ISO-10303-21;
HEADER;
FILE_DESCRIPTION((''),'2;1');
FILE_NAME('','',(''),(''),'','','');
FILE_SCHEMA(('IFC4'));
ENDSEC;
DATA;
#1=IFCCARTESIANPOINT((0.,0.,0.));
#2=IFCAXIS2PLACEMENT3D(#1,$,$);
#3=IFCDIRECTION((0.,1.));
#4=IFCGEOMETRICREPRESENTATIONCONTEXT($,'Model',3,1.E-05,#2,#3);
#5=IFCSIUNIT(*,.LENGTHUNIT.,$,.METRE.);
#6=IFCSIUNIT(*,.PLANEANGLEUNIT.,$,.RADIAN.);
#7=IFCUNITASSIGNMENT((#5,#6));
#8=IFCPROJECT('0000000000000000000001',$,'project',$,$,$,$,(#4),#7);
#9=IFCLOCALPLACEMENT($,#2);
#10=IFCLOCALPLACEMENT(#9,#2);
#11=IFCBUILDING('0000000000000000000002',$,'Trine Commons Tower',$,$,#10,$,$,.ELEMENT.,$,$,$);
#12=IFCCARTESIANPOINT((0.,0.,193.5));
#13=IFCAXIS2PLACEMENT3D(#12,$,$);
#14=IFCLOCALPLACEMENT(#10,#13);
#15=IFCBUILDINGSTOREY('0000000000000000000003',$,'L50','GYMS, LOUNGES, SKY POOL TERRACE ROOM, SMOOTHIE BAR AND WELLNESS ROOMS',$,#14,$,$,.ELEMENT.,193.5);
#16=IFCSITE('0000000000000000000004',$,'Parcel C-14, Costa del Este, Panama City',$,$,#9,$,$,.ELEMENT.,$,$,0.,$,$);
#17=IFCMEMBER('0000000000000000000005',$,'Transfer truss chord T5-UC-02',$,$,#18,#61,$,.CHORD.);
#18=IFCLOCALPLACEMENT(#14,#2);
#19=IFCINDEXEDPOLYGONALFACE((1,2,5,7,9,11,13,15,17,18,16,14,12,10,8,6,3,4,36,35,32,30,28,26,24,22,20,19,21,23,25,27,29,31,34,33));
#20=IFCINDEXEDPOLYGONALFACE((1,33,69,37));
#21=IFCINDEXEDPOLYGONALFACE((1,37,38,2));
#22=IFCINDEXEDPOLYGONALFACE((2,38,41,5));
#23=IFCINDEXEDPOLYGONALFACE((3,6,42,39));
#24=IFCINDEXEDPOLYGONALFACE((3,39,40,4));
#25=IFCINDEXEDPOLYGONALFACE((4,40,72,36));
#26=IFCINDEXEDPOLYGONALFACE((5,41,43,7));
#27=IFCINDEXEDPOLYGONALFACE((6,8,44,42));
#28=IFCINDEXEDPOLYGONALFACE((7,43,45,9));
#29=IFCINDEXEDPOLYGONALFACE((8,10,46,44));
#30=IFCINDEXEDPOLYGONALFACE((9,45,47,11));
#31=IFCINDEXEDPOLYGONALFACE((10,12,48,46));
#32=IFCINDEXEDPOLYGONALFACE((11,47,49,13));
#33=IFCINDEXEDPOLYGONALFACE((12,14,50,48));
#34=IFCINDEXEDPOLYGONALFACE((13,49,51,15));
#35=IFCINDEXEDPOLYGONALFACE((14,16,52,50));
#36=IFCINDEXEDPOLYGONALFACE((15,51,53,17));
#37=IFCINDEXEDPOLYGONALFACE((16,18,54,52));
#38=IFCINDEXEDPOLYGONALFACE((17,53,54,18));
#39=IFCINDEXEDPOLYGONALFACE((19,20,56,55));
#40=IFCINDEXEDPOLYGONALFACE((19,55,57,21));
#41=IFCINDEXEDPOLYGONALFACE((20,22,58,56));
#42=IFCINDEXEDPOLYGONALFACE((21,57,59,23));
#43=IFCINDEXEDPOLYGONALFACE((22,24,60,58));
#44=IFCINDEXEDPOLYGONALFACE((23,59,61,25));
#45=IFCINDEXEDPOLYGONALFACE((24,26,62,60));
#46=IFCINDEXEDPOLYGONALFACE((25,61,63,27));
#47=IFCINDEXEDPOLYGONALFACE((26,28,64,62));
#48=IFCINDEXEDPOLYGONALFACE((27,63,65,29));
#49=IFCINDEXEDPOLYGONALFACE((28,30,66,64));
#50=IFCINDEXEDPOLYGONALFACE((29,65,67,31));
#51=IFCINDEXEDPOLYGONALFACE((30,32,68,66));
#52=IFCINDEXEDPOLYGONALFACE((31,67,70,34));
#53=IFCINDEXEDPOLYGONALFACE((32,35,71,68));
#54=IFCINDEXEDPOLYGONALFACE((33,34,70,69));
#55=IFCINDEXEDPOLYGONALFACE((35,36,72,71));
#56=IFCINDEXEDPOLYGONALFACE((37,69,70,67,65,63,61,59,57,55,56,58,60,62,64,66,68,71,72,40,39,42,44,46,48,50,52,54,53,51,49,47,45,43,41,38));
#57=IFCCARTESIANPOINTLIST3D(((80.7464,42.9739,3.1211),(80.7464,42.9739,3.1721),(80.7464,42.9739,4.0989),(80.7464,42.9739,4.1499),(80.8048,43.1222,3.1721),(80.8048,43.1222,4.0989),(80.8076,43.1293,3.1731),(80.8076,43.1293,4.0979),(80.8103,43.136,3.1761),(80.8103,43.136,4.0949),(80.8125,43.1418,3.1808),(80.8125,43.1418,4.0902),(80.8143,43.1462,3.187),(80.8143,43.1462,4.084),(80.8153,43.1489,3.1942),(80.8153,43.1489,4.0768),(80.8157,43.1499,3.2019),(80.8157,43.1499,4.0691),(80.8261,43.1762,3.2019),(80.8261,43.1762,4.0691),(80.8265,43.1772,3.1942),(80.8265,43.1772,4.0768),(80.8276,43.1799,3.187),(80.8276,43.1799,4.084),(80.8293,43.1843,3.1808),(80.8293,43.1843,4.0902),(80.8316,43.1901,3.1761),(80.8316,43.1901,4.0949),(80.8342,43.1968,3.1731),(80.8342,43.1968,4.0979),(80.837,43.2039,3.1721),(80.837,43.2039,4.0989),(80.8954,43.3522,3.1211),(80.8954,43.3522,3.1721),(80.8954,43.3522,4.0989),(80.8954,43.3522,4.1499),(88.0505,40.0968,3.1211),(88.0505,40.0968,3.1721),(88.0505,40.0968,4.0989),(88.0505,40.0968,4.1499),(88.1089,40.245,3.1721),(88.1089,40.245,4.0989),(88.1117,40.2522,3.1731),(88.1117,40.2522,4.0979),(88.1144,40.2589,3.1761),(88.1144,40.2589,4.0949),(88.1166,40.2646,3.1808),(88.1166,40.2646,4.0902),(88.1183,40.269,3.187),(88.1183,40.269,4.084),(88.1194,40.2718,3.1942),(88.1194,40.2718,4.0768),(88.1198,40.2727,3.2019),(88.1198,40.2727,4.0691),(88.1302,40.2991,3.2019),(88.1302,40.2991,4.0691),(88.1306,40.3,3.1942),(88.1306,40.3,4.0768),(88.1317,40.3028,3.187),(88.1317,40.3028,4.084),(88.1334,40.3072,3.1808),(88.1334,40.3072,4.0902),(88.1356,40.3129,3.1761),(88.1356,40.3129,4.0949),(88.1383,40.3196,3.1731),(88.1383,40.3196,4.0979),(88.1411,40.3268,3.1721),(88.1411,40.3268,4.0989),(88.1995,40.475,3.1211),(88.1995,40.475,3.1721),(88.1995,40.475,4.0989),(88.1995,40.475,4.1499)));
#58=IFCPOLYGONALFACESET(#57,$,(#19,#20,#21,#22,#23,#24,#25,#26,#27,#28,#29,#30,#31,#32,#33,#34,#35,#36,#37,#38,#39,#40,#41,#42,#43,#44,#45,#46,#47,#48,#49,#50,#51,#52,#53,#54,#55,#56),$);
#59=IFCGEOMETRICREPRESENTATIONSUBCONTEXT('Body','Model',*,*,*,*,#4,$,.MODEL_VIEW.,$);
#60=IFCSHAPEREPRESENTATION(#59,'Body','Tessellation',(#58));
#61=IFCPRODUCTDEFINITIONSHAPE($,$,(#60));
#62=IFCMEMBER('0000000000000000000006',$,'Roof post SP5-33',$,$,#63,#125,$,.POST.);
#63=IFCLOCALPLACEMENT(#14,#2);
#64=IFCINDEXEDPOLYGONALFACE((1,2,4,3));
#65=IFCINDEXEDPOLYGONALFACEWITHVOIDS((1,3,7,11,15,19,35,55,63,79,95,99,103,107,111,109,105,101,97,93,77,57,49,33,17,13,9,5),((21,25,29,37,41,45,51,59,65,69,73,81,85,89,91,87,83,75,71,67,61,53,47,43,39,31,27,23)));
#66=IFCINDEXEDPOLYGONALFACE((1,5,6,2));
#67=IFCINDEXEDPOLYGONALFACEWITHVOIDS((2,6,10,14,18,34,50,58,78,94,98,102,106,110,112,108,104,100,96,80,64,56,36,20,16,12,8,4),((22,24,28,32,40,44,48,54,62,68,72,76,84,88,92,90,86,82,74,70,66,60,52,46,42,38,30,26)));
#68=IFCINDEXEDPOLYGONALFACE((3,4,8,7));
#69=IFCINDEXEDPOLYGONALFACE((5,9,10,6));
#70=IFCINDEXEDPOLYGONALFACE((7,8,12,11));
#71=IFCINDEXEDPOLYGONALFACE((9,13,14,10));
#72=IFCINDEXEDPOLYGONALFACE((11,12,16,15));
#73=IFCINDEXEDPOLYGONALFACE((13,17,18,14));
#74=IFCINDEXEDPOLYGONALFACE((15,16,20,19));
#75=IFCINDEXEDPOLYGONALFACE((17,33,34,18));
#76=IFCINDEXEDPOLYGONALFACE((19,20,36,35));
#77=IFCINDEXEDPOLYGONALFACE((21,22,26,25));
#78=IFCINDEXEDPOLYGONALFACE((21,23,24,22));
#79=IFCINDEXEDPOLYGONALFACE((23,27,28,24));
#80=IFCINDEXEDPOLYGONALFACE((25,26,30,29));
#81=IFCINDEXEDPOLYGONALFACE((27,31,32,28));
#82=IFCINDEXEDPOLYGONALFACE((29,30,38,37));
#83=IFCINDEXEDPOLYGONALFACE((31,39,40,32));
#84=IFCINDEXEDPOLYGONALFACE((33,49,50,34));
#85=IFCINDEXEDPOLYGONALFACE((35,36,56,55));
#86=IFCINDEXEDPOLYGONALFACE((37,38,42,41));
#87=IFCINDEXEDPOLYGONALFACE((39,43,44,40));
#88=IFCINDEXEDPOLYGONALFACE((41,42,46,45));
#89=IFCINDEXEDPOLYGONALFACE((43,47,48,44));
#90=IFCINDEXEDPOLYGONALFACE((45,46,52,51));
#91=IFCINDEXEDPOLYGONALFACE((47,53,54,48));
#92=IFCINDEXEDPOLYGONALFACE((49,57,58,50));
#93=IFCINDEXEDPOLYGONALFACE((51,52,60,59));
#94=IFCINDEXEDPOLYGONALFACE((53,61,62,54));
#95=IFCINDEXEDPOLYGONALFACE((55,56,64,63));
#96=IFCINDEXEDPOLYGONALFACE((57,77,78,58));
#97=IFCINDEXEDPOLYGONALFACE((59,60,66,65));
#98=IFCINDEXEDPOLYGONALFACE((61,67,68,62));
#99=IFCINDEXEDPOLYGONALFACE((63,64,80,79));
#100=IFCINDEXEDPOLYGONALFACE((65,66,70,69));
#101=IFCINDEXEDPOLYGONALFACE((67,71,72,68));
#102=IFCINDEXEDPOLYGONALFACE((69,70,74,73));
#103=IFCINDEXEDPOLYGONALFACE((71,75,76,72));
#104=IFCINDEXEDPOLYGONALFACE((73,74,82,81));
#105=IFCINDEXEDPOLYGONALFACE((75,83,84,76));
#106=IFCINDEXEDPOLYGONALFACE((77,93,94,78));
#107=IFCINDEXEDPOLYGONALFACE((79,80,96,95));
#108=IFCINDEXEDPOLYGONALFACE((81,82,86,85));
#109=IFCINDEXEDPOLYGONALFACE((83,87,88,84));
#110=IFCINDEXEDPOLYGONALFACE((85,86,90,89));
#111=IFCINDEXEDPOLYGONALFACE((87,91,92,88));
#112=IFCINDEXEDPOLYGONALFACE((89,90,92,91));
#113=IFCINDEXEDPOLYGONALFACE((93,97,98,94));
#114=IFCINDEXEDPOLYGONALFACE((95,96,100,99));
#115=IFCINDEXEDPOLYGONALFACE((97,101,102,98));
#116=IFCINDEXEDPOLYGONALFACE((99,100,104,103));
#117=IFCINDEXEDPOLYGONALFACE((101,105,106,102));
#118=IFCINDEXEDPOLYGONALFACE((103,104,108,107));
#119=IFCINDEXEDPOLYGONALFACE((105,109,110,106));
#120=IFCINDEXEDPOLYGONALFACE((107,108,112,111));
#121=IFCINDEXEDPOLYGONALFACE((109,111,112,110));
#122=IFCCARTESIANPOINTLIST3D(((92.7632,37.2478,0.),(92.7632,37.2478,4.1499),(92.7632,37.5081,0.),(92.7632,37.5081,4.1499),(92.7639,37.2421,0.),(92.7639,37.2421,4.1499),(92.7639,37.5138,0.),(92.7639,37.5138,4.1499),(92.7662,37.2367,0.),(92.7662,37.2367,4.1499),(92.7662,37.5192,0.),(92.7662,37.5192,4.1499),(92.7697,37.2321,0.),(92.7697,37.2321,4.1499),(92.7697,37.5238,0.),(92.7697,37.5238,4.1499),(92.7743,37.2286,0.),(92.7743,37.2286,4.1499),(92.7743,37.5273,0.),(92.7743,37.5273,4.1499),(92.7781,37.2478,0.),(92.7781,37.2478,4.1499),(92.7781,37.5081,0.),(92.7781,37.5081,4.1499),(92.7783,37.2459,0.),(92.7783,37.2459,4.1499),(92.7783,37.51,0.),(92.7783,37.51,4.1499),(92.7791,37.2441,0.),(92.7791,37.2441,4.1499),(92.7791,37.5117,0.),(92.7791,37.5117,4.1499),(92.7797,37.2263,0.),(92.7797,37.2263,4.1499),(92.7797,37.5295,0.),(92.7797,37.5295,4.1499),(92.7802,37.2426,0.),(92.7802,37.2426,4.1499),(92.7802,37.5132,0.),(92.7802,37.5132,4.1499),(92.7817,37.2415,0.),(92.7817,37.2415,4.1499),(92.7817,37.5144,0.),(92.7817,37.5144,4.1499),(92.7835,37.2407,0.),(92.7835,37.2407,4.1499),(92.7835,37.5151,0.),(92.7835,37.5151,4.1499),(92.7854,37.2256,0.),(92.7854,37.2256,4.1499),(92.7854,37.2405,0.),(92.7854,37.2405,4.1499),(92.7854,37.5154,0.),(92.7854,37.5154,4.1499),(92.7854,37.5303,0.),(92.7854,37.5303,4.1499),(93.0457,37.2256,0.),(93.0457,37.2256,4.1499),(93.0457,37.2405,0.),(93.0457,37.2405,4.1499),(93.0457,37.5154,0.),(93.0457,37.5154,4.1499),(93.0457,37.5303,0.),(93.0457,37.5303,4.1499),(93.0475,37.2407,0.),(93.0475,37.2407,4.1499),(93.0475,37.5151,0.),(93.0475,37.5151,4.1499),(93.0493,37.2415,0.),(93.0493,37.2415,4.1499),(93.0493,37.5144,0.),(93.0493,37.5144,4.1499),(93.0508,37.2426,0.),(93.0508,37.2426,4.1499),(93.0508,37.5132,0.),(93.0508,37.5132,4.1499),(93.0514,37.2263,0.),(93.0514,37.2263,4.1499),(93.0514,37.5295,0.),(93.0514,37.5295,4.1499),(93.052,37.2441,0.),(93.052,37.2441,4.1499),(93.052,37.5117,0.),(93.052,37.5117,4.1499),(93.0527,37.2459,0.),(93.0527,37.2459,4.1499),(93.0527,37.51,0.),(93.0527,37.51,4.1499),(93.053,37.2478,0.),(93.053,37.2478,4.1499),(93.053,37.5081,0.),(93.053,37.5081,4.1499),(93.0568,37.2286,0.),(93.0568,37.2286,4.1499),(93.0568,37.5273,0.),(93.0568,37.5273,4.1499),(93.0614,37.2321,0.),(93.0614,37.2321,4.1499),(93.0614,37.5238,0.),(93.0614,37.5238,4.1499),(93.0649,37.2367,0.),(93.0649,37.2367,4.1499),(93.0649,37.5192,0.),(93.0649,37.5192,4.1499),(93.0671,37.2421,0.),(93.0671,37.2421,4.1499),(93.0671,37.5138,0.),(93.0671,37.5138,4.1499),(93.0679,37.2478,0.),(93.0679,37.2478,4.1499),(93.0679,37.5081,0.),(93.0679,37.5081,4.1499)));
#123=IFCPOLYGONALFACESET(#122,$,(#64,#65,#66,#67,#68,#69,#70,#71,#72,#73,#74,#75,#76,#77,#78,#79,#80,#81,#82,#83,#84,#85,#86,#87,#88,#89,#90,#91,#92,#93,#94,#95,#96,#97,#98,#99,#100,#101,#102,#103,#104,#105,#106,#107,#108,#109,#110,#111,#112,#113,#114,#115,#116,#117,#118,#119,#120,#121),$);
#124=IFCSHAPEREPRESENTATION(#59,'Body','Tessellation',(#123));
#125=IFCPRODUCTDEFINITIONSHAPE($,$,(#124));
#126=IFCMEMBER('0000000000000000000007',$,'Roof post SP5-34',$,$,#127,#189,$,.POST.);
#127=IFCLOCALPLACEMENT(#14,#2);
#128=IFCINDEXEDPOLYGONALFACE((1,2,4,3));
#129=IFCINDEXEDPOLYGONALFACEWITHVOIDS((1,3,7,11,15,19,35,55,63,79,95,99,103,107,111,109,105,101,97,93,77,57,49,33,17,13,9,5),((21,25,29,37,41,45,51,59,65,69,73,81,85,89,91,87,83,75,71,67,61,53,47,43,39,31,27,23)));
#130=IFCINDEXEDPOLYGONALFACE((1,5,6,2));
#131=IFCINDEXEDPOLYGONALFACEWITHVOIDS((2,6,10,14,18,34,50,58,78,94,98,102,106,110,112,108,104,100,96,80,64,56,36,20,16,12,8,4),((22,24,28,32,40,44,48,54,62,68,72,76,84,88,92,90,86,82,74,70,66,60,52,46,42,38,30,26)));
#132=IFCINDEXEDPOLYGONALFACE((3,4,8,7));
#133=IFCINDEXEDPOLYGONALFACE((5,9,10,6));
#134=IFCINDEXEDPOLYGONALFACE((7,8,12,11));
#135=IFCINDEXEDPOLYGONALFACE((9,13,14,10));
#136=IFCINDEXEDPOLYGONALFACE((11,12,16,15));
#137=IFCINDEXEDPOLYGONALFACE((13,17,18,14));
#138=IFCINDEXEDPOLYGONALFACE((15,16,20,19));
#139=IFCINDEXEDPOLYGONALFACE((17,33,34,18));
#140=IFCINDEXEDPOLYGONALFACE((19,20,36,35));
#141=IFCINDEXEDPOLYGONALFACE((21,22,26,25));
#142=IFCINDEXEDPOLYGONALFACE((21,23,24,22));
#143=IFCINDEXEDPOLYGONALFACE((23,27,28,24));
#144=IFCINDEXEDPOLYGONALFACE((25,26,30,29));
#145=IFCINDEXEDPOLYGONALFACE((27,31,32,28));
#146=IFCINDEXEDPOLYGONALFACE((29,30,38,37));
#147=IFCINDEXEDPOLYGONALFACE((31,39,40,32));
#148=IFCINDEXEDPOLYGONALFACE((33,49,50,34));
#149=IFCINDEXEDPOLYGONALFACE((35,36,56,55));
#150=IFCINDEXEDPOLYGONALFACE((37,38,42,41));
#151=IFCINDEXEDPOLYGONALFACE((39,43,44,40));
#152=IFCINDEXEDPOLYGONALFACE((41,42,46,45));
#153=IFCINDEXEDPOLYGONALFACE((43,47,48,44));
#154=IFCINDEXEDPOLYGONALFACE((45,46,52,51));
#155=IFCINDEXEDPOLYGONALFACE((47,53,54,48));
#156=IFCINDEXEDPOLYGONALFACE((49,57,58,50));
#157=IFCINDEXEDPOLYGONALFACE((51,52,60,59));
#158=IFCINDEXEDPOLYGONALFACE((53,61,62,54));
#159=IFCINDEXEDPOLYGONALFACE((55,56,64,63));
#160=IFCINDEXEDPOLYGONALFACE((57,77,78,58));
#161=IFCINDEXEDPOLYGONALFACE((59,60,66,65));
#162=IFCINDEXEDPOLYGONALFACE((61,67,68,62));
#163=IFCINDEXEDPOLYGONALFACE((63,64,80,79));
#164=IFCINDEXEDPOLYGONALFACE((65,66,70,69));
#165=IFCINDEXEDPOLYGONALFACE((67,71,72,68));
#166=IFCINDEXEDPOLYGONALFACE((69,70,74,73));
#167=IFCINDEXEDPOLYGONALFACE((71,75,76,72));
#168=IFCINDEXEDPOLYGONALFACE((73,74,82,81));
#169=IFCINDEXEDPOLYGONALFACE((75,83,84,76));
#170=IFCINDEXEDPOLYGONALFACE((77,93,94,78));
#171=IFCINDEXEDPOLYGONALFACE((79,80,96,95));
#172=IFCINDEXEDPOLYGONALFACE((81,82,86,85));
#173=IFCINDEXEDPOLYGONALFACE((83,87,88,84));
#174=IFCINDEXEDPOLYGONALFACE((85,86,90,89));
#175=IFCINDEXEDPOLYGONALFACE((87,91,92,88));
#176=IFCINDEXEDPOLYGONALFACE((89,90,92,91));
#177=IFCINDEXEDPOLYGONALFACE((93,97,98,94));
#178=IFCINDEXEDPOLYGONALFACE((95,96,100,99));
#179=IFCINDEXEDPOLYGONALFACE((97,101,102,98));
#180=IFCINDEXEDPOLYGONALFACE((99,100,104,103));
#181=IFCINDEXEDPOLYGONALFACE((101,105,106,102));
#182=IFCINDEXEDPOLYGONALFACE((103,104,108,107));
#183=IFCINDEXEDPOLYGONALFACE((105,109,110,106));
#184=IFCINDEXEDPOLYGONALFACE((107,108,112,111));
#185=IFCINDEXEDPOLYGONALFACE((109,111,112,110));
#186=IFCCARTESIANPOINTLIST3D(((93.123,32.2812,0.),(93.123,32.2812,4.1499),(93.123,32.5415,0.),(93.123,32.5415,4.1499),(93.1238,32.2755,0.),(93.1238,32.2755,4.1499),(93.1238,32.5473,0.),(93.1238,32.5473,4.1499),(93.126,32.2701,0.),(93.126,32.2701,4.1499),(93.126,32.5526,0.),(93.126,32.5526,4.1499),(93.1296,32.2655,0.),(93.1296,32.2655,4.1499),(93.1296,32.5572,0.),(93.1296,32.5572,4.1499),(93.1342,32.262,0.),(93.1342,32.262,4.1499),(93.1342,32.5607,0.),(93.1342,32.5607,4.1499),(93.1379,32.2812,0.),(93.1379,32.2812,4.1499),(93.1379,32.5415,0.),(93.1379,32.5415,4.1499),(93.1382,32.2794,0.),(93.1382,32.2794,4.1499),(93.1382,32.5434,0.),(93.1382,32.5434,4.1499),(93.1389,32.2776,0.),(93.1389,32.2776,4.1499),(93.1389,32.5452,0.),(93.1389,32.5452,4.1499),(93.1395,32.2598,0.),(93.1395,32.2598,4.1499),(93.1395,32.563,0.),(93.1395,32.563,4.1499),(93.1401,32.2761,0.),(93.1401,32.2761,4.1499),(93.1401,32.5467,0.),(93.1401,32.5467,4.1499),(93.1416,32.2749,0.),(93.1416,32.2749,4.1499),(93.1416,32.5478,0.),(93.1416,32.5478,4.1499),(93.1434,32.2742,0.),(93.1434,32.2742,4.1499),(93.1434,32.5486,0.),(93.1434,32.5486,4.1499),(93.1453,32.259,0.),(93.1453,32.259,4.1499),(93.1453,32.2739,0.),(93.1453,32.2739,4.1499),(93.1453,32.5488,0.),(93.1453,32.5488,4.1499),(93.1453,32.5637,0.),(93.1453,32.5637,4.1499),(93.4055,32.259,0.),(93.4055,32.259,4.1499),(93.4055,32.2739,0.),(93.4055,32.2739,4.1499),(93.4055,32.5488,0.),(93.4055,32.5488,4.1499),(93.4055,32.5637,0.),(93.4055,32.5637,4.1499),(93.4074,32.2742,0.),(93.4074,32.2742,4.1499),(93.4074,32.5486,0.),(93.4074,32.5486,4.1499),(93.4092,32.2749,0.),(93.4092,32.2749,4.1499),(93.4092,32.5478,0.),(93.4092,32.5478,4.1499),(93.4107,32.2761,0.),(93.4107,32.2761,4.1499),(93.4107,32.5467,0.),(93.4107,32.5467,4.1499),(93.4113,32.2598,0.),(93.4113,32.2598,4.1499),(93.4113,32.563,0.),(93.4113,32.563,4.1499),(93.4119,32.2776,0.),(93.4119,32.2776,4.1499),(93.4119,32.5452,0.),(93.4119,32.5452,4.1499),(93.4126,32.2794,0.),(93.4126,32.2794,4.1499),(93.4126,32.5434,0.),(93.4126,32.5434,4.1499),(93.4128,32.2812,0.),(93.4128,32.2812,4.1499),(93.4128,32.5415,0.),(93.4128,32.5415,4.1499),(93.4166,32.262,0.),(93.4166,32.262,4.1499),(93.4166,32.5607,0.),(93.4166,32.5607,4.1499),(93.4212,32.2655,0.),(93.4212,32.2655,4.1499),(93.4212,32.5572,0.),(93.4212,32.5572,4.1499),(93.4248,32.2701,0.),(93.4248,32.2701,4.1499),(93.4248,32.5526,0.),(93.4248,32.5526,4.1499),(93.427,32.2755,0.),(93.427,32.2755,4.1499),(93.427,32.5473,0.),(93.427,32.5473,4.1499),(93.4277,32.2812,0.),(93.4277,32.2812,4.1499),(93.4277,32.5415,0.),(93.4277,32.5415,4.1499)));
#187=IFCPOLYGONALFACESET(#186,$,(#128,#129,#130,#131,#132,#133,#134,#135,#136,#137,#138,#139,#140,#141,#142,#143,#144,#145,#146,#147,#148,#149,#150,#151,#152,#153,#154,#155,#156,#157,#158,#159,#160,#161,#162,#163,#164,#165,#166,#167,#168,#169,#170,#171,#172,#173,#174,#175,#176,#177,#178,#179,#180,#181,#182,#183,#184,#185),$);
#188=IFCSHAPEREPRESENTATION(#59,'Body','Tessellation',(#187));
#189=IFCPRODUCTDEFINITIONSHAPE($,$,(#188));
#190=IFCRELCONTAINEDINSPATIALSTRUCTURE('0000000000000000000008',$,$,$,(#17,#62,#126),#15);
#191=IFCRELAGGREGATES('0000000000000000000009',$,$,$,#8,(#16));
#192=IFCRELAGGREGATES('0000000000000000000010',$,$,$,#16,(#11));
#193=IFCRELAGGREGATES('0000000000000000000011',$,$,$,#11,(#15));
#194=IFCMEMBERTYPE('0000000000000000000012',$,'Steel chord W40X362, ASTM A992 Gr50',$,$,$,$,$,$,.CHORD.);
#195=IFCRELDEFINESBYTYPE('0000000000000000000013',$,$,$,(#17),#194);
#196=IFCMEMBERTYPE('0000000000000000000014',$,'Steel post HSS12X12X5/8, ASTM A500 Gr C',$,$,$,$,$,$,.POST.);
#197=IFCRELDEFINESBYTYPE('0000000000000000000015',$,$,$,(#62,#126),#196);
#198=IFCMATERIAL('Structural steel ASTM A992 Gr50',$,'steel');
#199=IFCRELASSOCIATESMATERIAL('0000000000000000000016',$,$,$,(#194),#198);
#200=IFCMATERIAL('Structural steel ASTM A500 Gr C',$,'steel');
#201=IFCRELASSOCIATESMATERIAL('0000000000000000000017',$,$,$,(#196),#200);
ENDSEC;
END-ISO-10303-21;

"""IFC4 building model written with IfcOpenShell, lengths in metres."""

from ifc_helpers import new_model, si_unit, direction, frame, origin, origin_2d, place, context, subcontext, project, spatial, hollow_rectangle, i_section, extrude, material, material_profile, profile_set, type_object, element, save


model = new_model("IFC4")

# Units and contexts
model_context = context("Model", 3, precision=1e-05, world=origin(), true_north=direction((0.0, 1.0)))
body_context = subcontext(model_context, "Body", "Model", "MODEL_VIEW")
ifc_project = project(units=[si_unit("LENGTHUNIT", "METRE"), si_unit("PLANEANGLEUNIT", "RADIAN")], contexts=[model_context])

# Site, building, storey
site_placement = place(None, origin())
site = spatial("IfcSite", under=ifc_project, at=site_placement, Name="Parcel C-14, Costa del Este, Panama City", CompositionType="ELEMENT", RefElevation=0.0)
building_placement = place(site_placement, origin())
building = spatial("IfcBuilding", under=site, at=building_placement, Name="Trine Commons Tower", CompositionType="ELEMENT")
storey_placement = place(building_placement, frame((0.0, 0.0, 193.5)))
storey = spatial("IfcBuildingStorey", under=building, at=storey_placement, Name="L50", Description="GYMS, LOUNGES, SKY POOL TERRACE ROOM, SMOOTHIE BAR AND WELLNESS ROOMS", CompositionType="ELEMENT", Elevation=193.5)

# Members
ifc_material_1 = material(Name="Structural steel ASTM A992 Gr50", Category="steel")
ifc_material_profile_1 = material_profile(ifc_material_1, i_section(OverallWidth=0.4065, OverallDepth=1.0288, WebThickness=0.0283, FlangeThickness=0.051, FilletRadius=0.0298, at=origin_2d()), Name="W40X362")
ifc_profile_set_1 = profile_set([ifc_material_profile_1], Name="Structural steel ASTM A992 Gr50")
member_type_1 = type_object("IfcMemberType", Name="Steel chord W40X362, ASTM A992 Gr50", PredefinedType="CHORD", material=ifc_profile_set_1)
member_1_placement = place(storey_placement, frame((88.125, 40.2859, 3.6355), z_axis=(-0.930418, 0.366501, 0.0), x_axis=(-0.366501, -0.930418, 0.0)))
element("IfcMember", 1, at=member_1_placement, inside=storey, type_object=member_type_1, Name="Transfer truss chord T5-UC-02", PredefinedType="CHORD", context=body_context, shape_type="SweptSolid", body=[
    extrude(i_section(OverallWidth=0.4065, OverallDepth=1.0288, WebThickness=0.0283, FlangeThickness=0.051, FilletRadius=0.0298, at=origin_2d()), origin(), (0.0, 0.0, 1.0), 7.8503),
])
ifc_material_2 = material(Name="Structural steel ASTM A500 Gr C", Category="steel")
ifc_material_profile_2 = material_profile(ifc_material_2, hollow_rectangle(XDim=0.3047, YDim=0.3047, WallThickness=0.0149, InnerFilletRadius=0.0073, OuterFilletRadius=0.0222, at=origin_2d()), Name="HSS12X12X5/8")
ifc_profile_set_2 = profile_set([ifc_material_profile_2], Name="Structural steel ASTM A500 Gr C")
member_type_2 = type_object("IfcMemberType", Name="Steel post HSS12X12X5/8, ASTM A500 Gr C", PredefinedType="POST", material=ifc_profile_set_2)
for number, where, z_axis, x_axis, name in (
    (2, (92.9155, 37.3779, 0.0), (0.0, 0.0, 1.0), (1.0, 0.0, 0.0), "Roof post SP5-33"),
    (3, (93.2754, 32.4114, 0.0), (0.0, 0.0, 1.0), (1.0, 0.0, 0.0), "Roof post SP5-34"),
):
    element("IfcMember", number, at=place(storey_placement, frame(where, z_axis=z_axis, x_axis=x_axis)), inside=storey, type_object=member_type_2, Name=name, PredefinedType="POST", context=body_context, shape_type="SweptSolid", body=[
        extrude(hollow_rectangle(XDim=0.3047, YDim=0.3047, WallThickness=0.0149, InnerFilletRadius=0.0073, OuterFilletRadius=0.0222, at=origin_2d()), origin(), (0.0, 0.0, 1.0), 4.1499),
    ])

save(model, "model.ifc")
